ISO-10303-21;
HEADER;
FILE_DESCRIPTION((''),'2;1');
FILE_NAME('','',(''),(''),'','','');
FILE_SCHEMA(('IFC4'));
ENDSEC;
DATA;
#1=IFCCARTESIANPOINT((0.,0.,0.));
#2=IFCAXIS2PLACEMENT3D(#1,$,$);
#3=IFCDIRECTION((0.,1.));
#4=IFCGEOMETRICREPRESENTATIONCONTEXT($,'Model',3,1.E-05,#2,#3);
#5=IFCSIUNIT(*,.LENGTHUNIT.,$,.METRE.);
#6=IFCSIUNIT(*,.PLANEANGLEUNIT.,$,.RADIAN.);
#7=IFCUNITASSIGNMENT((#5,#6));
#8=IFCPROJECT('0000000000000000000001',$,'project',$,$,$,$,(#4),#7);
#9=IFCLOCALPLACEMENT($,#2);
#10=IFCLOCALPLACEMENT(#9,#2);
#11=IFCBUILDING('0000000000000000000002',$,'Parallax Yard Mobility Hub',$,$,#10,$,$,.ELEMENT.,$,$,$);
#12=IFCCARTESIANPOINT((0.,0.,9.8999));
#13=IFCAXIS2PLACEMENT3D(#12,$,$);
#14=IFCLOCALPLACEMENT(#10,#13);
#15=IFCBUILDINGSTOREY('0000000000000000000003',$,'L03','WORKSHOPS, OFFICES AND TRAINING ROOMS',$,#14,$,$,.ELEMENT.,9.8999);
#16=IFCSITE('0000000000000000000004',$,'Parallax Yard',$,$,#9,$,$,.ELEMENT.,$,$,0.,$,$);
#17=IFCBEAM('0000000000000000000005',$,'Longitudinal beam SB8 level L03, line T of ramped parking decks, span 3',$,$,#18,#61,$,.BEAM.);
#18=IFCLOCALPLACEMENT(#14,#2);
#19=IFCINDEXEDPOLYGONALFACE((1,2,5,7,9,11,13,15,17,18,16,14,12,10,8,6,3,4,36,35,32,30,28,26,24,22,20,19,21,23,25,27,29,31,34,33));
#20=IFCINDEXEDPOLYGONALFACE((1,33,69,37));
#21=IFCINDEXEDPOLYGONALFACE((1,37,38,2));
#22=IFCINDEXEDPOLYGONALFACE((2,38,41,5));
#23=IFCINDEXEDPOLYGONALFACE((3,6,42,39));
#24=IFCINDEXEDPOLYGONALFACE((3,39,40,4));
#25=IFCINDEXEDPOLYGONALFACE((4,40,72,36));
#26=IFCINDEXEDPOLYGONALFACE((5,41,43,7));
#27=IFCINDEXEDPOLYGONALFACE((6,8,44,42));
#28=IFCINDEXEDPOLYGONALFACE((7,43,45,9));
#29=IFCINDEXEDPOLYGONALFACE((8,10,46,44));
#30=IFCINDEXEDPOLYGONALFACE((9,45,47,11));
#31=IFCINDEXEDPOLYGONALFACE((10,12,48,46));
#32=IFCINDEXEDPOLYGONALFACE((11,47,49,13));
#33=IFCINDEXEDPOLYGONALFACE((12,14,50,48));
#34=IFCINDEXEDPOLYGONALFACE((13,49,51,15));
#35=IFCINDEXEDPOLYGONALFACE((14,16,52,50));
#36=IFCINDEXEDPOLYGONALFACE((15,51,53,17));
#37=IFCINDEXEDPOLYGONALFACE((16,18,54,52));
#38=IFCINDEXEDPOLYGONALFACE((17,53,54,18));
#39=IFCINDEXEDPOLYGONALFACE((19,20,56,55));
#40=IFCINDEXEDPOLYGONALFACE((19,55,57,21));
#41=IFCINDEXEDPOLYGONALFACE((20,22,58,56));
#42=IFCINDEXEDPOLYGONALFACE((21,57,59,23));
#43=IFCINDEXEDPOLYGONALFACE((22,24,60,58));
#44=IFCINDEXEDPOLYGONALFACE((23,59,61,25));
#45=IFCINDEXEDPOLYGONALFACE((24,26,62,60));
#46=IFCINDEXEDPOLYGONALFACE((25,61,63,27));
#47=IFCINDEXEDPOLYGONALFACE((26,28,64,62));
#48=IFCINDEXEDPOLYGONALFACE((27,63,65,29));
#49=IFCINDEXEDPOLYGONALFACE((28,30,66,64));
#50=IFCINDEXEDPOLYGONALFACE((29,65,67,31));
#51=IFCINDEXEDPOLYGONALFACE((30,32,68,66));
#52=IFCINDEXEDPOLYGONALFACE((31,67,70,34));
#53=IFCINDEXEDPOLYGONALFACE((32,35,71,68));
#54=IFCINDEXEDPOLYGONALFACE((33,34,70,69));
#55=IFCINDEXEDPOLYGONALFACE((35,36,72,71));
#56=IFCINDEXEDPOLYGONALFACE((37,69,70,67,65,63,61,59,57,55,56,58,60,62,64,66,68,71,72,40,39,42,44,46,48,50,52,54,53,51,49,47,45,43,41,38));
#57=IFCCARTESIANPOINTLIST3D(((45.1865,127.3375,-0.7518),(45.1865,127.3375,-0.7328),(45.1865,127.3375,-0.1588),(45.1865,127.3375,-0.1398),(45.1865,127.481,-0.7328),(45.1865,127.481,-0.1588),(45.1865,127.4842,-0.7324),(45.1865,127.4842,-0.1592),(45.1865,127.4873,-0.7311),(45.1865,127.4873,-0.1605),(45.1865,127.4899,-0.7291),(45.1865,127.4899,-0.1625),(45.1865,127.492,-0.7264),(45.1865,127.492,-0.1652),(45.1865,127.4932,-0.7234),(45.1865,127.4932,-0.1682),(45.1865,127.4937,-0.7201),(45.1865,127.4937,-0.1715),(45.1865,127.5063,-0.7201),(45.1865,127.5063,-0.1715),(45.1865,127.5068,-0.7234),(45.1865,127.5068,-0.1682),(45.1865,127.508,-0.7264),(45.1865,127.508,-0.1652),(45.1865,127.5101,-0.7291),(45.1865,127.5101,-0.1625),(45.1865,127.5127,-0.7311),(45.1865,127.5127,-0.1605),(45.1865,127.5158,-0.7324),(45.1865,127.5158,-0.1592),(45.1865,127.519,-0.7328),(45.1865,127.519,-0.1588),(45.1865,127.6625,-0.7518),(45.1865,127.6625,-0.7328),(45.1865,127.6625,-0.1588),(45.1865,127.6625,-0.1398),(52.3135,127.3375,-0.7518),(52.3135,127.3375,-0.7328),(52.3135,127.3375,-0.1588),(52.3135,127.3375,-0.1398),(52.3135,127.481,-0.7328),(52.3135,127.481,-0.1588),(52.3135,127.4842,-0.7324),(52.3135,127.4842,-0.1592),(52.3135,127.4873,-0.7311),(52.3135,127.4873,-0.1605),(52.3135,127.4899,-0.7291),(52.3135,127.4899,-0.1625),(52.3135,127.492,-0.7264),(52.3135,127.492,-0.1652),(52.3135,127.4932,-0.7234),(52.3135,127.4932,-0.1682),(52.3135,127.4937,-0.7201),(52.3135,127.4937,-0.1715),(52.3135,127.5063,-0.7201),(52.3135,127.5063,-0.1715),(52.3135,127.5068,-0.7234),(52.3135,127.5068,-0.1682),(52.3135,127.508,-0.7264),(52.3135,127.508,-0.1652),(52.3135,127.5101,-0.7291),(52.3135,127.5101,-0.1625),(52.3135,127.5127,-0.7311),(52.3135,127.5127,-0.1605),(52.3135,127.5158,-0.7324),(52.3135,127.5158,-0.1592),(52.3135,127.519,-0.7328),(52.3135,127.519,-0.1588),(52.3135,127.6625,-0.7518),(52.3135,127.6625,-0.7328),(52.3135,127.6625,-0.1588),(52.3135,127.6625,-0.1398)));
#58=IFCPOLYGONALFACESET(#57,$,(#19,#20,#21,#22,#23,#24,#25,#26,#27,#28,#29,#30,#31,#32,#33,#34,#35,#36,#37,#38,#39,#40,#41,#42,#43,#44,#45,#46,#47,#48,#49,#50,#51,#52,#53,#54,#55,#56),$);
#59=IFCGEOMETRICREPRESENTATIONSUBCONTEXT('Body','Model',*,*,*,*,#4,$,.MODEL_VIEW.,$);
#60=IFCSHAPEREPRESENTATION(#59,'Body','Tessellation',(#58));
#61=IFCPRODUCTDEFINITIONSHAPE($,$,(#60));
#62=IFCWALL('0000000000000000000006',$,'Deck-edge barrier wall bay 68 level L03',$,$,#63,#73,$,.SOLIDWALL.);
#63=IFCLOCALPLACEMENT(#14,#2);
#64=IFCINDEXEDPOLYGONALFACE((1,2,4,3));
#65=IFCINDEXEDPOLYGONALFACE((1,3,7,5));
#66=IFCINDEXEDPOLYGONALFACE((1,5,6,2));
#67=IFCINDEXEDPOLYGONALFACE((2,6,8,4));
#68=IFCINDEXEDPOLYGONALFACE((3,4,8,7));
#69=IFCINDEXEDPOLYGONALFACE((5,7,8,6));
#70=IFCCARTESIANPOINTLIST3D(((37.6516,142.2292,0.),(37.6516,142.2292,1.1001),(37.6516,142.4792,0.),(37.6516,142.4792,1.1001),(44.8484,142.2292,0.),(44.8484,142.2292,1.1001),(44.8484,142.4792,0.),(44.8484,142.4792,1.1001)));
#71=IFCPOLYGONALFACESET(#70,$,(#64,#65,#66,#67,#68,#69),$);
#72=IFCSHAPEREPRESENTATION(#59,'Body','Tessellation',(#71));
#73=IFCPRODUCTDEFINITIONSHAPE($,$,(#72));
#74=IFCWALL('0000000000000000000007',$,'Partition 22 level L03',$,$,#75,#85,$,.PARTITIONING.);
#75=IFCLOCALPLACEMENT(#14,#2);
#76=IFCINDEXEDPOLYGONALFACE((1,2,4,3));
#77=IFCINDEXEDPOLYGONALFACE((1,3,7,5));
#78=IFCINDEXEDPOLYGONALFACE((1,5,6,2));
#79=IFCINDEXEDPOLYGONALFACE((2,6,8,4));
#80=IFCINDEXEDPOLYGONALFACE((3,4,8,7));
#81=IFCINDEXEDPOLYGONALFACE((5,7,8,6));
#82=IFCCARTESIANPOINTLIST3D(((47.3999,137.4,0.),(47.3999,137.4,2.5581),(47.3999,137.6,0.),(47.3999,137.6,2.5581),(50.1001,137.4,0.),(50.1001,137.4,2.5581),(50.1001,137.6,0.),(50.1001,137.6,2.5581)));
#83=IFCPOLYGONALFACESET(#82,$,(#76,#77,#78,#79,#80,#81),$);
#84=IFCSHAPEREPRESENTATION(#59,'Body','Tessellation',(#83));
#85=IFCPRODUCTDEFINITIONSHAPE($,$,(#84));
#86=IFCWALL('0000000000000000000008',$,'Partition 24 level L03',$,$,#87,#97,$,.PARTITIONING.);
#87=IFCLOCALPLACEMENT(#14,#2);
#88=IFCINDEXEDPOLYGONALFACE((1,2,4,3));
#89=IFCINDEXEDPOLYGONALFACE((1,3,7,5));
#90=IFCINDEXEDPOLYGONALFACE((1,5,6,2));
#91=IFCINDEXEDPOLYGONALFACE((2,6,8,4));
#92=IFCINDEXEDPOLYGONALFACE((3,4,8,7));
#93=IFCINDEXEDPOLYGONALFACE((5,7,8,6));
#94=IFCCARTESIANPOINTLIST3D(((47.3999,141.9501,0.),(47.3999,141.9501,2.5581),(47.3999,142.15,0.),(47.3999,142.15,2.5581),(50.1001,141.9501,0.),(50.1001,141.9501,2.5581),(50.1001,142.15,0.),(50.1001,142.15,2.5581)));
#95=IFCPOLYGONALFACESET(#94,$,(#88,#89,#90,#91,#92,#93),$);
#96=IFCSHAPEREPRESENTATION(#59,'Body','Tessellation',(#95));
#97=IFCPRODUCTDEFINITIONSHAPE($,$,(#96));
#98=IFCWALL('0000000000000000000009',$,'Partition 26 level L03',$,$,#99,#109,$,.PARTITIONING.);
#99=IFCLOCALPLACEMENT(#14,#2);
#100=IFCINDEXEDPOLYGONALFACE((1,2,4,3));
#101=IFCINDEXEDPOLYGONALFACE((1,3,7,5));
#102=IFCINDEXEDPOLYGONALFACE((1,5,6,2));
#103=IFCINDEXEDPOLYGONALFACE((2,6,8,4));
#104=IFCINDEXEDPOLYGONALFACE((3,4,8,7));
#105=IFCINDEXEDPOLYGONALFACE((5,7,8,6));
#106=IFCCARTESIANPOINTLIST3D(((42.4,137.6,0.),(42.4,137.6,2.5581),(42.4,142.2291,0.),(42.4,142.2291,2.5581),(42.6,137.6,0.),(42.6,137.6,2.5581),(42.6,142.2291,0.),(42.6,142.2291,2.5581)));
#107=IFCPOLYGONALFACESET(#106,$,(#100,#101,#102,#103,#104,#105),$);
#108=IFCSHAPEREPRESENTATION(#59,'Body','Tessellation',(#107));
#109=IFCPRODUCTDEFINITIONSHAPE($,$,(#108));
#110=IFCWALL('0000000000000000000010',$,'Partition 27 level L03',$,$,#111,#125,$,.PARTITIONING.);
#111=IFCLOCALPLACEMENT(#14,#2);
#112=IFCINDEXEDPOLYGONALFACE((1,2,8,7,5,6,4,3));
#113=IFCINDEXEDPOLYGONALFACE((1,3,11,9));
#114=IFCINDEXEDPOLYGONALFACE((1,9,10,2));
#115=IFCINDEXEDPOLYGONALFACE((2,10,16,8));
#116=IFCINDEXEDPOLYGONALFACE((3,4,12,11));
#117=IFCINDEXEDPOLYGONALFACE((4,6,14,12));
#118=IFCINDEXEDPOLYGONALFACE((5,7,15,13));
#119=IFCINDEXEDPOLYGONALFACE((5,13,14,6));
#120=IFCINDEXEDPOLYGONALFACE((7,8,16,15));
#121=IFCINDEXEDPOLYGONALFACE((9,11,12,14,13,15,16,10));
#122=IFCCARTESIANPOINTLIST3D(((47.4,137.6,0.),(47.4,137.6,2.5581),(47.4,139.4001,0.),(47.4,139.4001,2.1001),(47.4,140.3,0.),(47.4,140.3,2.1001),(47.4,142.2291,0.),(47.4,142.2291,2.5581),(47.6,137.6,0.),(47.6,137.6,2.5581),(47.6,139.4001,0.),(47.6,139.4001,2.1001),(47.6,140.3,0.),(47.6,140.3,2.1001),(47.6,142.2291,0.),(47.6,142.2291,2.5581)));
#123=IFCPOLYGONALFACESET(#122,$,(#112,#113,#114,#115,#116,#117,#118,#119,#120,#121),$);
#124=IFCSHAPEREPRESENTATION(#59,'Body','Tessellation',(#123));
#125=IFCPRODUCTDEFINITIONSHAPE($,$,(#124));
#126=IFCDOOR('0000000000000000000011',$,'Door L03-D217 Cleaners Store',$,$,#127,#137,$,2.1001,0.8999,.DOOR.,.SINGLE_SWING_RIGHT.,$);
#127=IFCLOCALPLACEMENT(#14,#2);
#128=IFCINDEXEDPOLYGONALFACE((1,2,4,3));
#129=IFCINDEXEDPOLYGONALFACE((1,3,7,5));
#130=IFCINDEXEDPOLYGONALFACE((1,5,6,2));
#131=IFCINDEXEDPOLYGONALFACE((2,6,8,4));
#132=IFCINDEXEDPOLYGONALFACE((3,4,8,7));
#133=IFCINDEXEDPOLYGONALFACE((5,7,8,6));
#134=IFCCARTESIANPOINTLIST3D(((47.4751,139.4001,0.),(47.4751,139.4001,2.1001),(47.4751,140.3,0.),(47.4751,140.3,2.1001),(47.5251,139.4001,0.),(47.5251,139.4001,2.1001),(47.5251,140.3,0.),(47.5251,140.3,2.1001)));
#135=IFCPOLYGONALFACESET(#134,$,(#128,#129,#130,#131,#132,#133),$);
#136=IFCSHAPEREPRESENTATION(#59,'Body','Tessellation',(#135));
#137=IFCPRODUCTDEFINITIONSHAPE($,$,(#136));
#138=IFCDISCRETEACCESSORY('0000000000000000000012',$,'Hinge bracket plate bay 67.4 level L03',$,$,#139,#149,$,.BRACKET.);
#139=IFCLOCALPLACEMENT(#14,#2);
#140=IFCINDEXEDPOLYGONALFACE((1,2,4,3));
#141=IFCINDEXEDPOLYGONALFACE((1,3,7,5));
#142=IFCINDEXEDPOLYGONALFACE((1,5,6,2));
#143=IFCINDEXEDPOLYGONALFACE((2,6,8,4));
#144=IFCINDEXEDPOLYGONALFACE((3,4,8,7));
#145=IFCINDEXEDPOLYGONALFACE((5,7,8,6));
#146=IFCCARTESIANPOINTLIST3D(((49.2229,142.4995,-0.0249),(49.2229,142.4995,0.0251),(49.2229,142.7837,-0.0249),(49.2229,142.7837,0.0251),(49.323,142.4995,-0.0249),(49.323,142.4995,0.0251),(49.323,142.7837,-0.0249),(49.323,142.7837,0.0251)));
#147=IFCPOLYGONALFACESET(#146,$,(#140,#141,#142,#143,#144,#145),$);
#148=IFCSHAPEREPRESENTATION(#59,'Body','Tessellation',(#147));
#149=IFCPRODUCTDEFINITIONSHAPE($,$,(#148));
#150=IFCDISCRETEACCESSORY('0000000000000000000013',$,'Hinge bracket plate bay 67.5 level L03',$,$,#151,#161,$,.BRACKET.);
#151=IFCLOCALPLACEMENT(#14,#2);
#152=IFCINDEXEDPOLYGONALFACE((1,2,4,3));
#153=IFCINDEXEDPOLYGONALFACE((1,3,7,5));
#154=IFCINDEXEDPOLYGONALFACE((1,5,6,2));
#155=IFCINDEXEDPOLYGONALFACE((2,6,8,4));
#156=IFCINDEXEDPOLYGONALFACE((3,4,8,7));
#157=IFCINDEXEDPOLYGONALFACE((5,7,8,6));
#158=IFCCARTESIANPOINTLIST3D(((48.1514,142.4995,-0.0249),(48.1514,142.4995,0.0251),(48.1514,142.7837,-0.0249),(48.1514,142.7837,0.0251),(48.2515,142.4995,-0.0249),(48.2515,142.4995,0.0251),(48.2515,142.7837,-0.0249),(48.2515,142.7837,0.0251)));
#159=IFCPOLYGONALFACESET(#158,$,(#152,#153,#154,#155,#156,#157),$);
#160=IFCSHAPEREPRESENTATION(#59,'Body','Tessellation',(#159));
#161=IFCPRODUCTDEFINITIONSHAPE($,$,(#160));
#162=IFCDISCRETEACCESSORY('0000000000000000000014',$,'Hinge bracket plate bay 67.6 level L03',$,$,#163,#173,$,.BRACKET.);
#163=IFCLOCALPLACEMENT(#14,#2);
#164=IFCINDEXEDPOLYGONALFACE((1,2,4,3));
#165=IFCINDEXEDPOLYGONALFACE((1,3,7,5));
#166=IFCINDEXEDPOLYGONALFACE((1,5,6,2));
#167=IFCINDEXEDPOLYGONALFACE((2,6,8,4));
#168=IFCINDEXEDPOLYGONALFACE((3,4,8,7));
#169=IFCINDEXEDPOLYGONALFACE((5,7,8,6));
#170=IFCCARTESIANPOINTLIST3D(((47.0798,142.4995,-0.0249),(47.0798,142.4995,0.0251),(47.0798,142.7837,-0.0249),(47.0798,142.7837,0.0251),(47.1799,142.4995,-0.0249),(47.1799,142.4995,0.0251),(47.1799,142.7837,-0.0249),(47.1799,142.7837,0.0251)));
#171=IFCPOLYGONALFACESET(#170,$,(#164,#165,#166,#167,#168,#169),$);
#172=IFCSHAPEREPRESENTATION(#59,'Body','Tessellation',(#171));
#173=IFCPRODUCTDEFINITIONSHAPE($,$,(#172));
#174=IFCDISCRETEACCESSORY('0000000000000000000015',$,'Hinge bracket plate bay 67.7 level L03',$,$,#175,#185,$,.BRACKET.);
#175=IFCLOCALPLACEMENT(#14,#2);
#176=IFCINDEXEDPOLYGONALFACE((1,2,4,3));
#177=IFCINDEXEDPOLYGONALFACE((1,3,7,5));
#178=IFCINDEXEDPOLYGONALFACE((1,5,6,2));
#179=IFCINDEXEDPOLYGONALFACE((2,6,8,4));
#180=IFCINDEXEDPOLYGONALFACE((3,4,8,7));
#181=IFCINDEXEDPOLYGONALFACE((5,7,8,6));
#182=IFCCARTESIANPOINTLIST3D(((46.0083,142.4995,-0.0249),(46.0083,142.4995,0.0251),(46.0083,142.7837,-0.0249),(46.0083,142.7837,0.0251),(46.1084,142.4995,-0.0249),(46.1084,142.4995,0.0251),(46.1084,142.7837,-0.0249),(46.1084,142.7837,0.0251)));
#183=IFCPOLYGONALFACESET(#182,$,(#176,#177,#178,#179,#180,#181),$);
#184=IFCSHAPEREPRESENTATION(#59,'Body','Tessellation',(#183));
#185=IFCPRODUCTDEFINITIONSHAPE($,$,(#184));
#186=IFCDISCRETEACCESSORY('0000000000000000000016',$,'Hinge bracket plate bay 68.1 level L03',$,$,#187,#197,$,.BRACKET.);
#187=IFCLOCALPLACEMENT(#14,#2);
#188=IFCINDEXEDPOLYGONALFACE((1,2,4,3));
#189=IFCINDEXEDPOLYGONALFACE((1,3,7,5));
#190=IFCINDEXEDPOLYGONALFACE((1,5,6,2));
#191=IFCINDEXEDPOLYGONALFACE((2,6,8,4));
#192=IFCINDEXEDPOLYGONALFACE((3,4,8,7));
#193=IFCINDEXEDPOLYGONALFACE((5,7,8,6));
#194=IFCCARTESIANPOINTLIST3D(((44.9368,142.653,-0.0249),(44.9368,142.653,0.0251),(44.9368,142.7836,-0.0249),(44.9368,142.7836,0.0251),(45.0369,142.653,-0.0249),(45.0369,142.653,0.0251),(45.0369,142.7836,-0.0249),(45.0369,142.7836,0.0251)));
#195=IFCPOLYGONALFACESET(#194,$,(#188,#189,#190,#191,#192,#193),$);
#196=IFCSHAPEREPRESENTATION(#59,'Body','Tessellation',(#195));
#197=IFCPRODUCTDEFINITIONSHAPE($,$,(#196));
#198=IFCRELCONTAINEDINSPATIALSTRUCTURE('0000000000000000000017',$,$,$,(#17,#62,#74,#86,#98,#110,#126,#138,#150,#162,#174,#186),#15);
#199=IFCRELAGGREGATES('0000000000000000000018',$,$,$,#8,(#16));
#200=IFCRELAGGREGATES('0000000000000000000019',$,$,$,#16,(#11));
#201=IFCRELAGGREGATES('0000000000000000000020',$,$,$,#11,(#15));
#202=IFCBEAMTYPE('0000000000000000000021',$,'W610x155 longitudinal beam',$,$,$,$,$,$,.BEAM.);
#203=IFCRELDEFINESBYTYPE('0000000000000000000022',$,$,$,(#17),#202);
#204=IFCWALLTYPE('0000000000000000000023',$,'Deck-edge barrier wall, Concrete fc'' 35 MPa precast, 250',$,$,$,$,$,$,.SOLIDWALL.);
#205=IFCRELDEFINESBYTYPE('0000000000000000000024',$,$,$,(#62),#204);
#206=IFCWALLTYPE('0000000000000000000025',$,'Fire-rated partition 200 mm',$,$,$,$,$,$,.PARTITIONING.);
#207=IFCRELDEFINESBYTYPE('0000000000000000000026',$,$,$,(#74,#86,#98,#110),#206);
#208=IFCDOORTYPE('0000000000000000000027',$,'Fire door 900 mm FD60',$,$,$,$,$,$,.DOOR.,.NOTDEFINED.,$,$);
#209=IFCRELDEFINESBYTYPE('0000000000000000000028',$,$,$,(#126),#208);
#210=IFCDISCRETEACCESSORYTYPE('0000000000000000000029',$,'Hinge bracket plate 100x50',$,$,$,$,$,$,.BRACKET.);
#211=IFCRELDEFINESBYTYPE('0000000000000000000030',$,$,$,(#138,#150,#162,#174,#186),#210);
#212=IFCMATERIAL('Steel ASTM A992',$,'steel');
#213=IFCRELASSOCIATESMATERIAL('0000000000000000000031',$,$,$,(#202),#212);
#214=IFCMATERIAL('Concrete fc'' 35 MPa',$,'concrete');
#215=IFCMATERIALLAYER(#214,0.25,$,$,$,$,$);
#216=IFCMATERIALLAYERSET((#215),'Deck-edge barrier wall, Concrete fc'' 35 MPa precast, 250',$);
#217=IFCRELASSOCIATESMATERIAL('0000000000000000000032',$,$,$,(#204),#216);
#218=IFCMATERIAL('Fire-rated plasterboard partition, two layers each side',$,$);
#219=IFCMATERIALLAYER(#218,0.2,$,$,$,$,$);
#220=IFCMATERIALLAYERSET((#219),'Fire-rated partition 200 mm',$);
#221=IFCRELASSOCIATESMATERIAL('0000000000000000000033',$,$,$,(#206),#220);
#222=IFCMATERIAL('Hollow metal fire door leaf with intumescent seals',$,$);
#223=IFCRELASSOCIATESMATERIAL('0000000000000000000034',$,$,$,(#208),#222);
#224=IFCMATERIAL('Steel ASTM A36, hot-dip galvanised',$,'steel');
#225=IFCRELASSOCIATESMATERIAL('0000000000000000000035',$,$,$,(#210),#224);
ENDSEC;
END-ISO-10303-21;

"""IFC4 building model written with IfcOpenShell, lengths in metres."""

from ifc_helpers import new_model, si_unit, direction, frame, frame_2d, origin, origin_2d, place, context, subcontext, project, spatial, rectangle, i_section, extrude, material, layer, layer_set, material_profile, profile_set, type_object, element, fill, save


model = new_model("IFC4")

# Units and contexts
model_context = context("Model", 3, precision=1e-05, world=origin(), true_north=direction((0.0, 1.0)))
body_context = subcontext(model_context, "Body", "Model", "MODEL_VIEW")
ifc_project = project(units=[si_unit("LENGTHUNIT", "METRE"), si_unit("PLANEANGLEUNIT", "RADIAN")], contexts=[model_context])

# Site, building, storey
site_placement = place(None, origin())
site = spatial("IfcSite", under=ifc_project, at=site_placement, Name="Parallax Yard", CompositionType="ELEMENT", RefElevation=0.0)
building_placement = place(site_placement, origin())
building = spatial("IfcBuilding", under=site, at=building_placement, Name="Parallax Yard Mobility Hub", CompositionType="ELEMENT")
storey_placement = place(building_placement, frame((0.0, 0.0, 9.8999)))
storey = spatial("IfcBuildingStorey", under=building, at=storey_placement, Name="L03", Description="WORKSHOPS, OFFICES AND TRAINING ROOMS", CompositionType="ELEMENT", Elevation=9.8999)

# Shared definitions
ifc_material_1 = material(Name="Steel ASTM A992", Category="steel")

# Beam
ifc_material_profile_1 = material_profile(ifc_material_1, i_section(OverallWidth=0.325, OverallDepth=0.6121, WebThickness=0.0127, FlangeThickness=0.019, FilletRadius=0.0127, at=origin_2d()), Name="W610x155")
ifc_profile_set_1 = profile_set([ifc_material_profile_1], Name="Steel ASTM A992")
beam_type_1 = type_object("IfcBeamType", Name="W610x155 longitudinal beam", PredefinedType="BEAM", material=ifc_profile_set_1)
beam_1_placement = place(storey_placement, frame((45.1865, 127.5, -0.4458), z_axis=(1.0, 0.0, 0.0), x_axis=(0.0, 1.0, 0.0)))
element("IfcBeam", 1, at=beam_1_placement, inside=storey, type_object=beam_type_1, Name="Longitudinal beam SB8 level L03, line T of ramped parking decks, span 3", PredefinedType="BEAM", context=body_context, shape_type="SweptSolid", body=[
    extrude(i_section(OverallWidth=0.325, OverallDepth=0.6121, WebThickness=0.0127, FlangeThickness=0.019, FilletRadius=0.0127, at=origin_2d()), origin(), (0.0, 0.0, 1.0), 7.127),
])

# Walls
ifc_material_2 = material(Name="Concrete fc' 35 MPa", Category="concrete")
ifc_layer_1 = layer(ifc_material_2, 0.25)
ifc_layer_set_1 = layer_set([ifc_layer_1], Name="Deck-edge barrier wall, Concrete fc' 35 MPa precast, 250")
wall_type_1 = type_object("IfcWallType", Name="Deck-edge barrier wall, Concrete fc' 35 MPa precast, 250", PredefinedType="SOLIDWALL", material=ifc_layer_set_1)
wall_1_placement = place(storey_placement, frame((44.8484, 142.3542, 0.0), z_axis=(0.0, 0.0, 1.0), x_axis=(-1.0, 0.0, 0.0)))
element("IfcWall", 2, at=wall_1_placement, inside=storey, type_object=wall_type_1, Name="Deck-edge barrier wall bay 68 level L03", PredefinedType="SOLIDWALL", context=body_context, shape_type="SweptSolid", body=[
    extrude(rectangle(XDim=7.1968, YDim=0.25, at=frame_2d((3.5984, 0.0))), origin(), (0.0, 0.0, 1.0), 1.1001),
])
ifc_material_3 = material(Name="Fire-rated plasterboard partition, two layers each side")
ifc_layer_2 = layer(ifc_material_3, 0.2)
ifc_layer_set_2 = layer_set([ifc_layer_2], Name="Fire-rated partition 200 mm")
wall_type_2 = type_object("IfcWallType", Name="Fire-rated partition 200 mm", PredefinedType="PARTITIONING", material=ifc_layer_set_2)
for number, where, z_axis, x_axis, name in (
    (3, (47.3999, 137.5, 0.0), (0.0, 0.0, 1.0), (1.0, 0.0, 0.0), "Partition 22 level L03"),
    (4, (47.3999, 142.05, 0.0), (0.0, 0.0, 1.0), (1.0, 0.0, 0.0), "Partition 24 level L03"),
):
    element("IfcWall", number, at=place(storey_placement, frame(where, z_axis=z_axis, x_axis=x_axis)), inside=storey, type_object=wall_type_2, Name=name, PredefinedType="PARTITIONING", context=body_context, shape_type="SweptSolid", body=[
        extrude(rectangle(XDim=2.7002, YDim=0.2, at=frame_2d((1.3501, 0.0))), origin(), (0.0, 0.0, 1.0), 2.5581),
    ])
wall_2_placement = place(storey_placement, frame((42.5, 137.6001, 0.0), z_axis=(0.0, 0.0, 1.0), x_axis=(0.0, 1.0, 0.0)))
element("IfcWall", 5, at=wall_2_placement, inside=storey, type_object=wall_type_2, Name="Partition 26 level L03", PredefinedType="PARTITIONING", context=body_context, shape_type="SweptSolid", body=[
    extrude(rectangle(XDim=4.6292, YDim=0.2, at=frame_2d((2.3145, 0.0))), origin(), (0.0, 0.0, 1.0), 2.5581),
])

# Wall, opening, door
wall_3_placement = place(storey_placement, frame((47.5, 137.6001, 0.0), z_axis=(0.0, 0.0, 1.0), x_axis=(0.0, 1.0, 0.0)))
wall_3 = element("IfcWall", 6, at=wall_3_placement, inside=storey, type_object=wall_type_2, Name="Partition 27 level L03", PredefinedType="PARTITIONING", context=body_context, shape_type="SweptSolid", body=[
    extrude(rectangle(XDim=4.6292, YDim=0.2, at=frame_2d((2.3145, 0.0))), origin(), (0.0, 0.0, 1.0), 2.5581),
])
opening_placement = place(wall_3_placement, frame((1.8, 0.0, 0.0)))
opening = element("IfcOpeningElement", 7, at=opening_placement, cuts=wall_3, PredefinedType="OPENING", context=body_context, shape_type="SweptSolid", body=[
    extrude(rectangle(XDim=0.8999, YDim=2.1001, at=frame_2d((0.45, 1.05))), frame((0.0, 0.1099, 0.0), z_axis=(0.0, -1.0, 0.0), x_axis=(1.0, 0.0, 0.0)), (0.0, 0.0, 1.0), 0.22),
])
ifc_material_4 = material(Name="Hollow metal fire door leaf with intumescent seals")
door_type = type_object("IfcDoorType", Name="Fire door 900 mm FD60", OperationType="NOTDEFINED", PredefinedType="DOOR", material=ifc_material_4)
door_placement = place(opening_placement, origin())
door = element("IfcDoor", 8, at=door_placement, inside=storey, type_object=door_type, Name="Door L03-D217 Cleaners Store", OperationType="SINGLE_SWING_RIGHT", OverallHeight=2.1001, OverallWidth=0.8999, PredefinedType="DOOR", context=body_context, shape_type="SweptSolid", body=[
    extrude(rectangle(XDim=0.8999, YDim=2.1001, at=frame_2d((0.45, 1.05))), frame((0.0, 0.0249, 0.0), z_axis=(0.0, -1.0, 0.0), x_axis=(1.0, 0.0, 0.0)), (0.0, 0.0, 1.0), 0.05),
])
fill(opening, door)

# Discrete accessories
ifc_material_5 = material(Name="Steel ASTM A36, hot-dip galvanised", Category="steel")
discrete_accessory_type_1 = type_object("IfcDiscreteAccessoryType", Name="Hinge bracket plate 100x50", PredefinedType="BRACKET", material=ifc_material_5)
for number, where, z_axis, x_axis, name in (
    (9, (49.2729, 142.6416, -0.0249), (0.0, 0.0, 1.0), (0.0, 1.0, 0.0), "Hinge bracket plate bay 67.4 level L03"),
    (10, (48.2014, 142.6416, -0.0249), (0.0, 0.0, 1.0), (0.0, 1.0, 0.0), "Hinge bracket plate bay 67.5 level L03"),
    (11, (47.1299, 142.6416, -0.0249), (0.0, 0.0, 1.0), (0.0, 1.0, 0.0), "Hinge bracket plate bay 67.6 level L03"),
    (12, (46.0583, 142.6416, -0.0249), (0.0, 0.0, 1.0), (0.0, 1.0, 0.0), "Hinge bracket plate bay 67.7 level L03"),
):
    element("IfcDiscreteAccessory", number, at=place(storey_placement, frame(where, z_axis=z_axis, x_axis=x_axis)), inside=storey, type_object=discrete_accessory_type_1, Name=name, PredefinedType="BRACKET", context=body_context, shape_type="SweptSolid", body=[
        extrude(rectangle(XDim=0.2842, YDim=0.1001, at=origin_2d()), origin(), (0.0, 0.0, 1.0), 0.05),
    ])
discrete_accessory_1_placement = place(storey_placement, frame((44.9868, 142.7183, -0.0249), z_axis=(0.0, 0.0, 1.0), x_axis=(0.0, 1.0, 0.0)))
element("IfcDiscreteAccessory", 13, at=discrete_accessory_1_placement, inside=storey, type_object=discrete_accessory_type_1, Name="Hinge bracket plate bay 68.1 level L03", PredefinedType="BRACKET", context=body_context, shape_type="SweptSolid", body=[
    extrude(rectangle(XDim=0.1306, YDim=0.1001, at=origin_2d()), origin(), (0.0, 0.0, 1.0), 0.05),
])

save(model, "model.ifc")
